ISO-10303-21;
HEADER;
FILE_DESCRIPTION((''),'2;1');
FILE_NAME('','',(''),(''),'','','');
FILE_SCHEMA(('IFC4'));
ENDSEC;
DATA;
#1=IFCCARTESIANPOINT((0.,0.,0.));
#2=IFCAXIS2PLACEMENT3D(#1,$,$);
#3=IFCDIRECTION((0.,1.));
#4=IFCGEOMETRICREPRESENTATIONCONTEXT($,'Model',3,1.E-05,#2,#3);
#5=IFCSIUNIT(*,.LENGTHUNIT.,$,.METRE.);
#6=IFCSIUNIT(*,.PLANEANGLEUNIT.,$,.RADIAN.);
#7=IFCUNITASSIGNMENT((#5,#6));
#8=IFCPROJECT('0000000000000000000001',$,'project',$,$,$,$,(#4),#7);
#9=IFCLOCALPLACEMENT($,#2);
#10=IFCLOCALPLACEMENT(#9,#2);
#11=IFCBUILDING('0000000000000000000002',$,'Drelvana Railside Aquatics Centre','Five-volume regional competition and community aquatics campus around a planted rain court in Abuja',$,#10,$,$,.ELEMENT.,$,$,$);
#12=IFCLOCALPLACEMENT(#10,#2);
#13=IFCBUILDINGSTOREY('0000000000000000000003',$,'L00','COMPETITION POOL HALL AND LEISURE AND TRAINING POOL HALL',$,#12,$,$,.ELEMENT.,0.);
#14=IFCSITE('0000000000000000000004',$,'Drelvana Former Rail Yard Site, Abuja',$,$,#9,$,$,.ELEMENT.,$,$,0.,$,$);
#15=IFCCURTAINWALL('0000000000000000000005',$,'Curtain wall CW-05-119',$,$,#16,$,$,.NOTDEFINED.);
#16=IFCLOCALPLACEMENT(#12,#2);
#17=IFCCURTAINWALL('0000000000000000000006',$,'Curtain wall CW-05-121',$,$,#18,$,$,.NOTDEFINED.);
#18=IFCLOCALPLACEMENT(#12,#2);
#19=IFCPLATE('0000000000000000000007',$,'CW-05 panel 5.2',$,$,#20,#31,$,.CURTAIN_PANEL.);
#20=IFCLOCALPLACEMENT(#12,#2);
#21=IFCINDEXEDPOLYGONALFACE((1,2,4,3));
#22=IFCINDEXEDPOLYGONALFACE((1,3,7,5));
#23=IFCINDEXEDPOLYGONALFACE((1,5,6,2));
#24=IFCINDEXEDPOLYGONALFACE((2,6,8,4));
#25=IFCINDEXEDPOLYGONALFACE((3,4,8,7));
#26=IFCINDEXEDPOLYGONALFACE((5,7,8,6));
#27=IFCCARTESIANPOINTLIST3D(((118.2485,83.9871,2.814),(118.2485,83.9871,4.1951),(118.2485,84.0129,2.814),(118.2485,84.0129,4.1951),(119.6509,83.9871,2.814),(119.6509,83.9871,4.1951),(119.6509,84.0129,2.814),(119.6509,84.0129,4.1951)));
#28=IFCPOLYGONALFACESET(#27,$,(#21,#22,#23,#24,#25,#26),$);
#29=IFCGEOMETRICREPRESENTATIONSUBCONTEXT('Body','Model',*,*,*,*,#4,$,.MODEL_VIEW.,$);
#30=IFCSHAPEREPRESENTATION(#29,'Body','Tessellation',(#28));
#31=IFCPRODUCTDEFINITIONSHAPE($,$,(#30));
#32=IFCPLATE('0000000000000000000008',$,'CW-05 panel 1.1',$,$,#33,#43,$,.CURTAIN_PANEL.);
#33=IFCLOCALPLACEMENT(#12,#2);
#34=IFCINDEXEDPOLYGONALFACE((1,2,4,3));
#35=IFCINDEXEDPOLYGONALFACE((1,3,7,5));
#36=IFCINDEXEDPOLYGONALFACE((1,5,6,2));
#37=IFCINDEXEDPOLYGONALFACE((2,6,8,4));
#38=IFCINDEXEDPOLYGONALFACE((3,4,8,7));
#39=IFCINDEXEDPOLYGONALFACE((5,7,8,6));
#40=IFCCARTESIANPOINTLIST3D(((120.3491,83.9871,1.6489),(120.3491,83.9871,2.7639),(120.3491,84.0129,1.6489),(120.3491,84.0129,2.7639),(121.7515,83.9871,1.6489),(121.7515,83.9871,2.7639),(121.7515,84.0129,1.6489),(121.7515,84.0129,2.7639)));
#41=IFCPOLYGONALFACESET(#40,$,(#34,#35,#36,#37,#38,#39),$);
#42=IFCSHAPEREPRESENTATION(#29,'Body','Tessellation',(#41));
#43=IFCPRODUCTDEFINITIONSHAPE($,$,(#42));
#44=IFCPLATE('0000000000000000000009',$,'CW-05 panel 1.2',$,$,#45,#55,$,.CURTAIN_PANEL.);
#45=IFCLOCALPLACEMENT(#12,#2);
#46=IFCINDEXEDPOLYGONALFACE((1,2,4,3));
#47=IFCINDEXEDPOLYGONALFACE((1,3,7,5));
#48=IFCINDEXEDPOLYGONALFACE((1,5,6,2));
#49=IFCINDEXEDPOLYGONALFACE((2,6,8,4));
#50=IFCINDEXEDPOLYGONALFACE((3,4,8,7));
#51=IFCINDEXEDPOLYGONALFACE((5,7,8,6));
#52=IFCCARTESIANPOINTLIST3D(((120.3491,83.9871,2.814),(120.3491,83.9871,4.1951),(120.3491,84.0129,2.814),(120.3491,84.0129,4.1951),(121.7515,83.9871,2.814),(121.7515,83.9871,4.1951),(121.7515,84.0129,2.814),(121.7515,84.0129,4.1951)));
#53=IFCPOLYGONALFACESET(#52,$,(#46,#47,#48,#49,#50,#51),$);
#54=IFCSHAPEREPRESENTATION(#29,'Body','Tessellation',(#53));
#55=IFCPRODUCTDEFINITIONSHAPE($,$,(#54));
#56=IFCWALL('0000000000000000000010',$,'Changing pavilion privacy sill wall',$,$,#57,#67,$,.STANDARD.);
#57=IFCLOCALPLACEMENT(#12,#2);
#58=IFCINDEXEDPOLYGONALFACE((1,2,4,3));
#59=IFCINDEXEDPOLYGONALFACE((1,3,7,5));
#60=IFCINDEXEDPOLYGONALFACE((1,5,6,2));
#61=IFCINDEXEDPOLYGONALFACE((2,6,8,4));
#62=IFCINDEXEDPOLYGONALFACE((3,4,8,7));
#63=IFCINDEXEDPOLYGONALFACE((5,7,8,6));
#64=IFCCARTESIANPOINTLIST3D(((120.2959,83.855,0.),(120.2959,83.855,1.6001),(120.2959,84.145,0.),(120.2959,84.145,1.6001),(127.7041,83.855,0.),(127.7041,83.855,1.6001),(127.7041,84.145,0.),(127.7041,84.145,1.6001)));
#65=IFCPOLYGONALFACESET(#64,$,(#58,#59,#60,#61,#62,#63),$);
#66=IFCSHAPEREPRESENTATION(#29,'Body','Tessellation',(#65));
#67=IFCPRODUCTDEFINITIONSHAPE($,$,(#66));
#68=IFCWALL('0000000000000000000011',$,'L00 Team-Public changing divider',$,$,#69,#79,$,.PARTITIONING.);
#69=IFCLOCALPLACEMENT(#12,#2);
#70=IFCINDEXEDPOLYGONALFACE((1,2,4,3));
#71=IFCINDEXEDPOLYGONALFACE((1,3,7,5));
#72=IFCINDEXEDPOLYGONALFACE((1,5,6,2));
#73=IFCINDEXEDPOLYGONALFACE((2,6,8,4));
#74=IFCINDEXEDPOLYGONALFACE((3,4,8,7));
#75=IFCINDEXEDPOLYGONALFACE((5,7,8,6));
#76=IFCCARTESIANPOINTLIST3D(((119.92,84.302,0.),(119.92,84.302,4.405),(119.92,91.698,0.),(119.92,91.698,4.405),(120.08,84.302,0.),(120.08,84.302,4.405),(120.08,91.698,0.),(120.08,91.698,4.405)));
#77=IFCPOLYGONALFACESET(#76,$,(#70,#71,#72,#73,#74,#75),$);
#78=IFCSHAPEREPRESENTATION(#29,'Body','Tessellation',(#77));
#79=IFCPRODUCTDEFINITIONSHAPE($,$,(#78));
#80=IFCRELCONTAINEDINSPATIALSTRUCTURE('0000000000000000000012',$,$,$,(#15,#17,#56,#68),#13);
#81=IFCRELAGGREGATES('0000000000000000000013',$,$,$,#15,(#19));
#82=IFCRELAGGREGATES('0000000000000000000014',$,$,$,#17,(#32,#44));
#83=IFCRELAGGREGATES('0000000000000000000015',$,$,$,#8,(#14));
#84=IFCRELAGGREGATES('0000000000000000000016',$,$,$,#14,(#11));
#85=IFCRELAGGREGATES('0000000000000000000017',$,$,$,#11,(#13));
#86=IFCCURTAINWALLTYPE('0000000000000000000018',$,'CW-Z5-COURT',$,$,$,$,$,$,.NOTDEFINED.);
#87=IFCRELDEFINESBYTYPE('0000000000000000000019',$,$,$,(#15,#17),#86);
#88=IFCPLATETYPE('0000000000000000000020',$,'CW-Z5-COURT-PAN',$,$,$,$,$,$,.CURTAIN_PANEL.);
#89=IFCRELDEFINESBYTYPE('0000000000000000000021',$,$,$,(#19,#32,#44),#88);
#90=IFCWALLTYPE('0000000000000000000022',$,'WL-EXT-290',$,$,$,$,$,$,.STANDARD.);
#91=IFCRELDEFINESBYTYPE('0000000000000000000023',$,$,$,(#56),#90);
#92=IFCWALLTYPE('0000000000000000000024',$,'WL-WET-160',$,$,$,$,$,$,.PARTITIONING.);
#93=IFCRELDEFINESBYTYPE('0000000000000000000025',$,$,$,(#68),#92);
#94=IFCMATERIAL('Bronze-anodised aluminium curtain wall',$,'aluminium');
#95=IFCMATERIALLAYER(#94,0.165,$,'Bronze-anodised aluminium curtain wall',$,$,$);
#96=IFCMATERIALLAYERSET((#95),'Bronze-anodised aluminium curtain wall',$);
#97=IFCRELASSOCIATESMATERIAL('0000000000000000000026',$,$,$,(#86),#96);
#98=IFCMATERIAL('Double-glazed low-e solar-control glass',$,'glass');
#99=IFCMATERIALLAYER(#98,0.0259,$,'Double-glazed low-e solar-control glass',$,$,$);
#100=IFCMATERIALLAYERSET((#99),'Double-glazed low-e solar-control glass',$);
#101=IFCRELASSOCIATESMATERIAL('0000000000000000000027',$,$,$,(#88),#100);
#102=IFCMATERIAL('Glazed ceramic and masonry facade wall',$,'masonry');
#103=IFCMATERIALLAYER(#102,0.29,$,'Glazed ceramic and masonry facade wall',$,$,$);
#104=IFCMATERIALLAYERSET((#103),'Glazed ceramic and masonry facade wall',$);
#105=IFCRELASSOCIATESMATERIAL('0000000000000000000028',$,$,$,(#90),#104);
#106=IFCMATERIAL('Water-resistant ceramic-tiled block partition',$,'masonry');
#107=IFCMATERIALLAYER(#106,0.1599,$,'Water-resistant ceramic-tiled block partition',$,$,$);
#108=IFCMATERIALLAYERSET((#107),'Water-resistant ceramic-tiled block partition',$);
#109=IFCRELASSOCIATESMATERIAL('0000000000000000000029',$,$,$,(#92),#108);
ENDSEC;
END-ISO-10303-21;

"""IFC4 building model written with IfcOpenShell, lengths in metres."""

from ifc_helpers import new_model, si_unit, direction, frame, frame_2d, origin, origin_2d, place, context, subcontext, project, spatial, rectangle, extrude, material, layer, layer_set, type_object, element, aggregate, save


model = new_model("IFC4")

# Units and contexts
model_context = context("Model", 3, precision=1e-05, world=origin(), true_north=direction((0.0, 1.0)))
body_context = subcontext(model_context, "Body", "Model", "MODEL_VIEW")
ifc_project = project(units=[si_unit("LENGTHUNIT", "METRE"), si_unit("PLANEANGLEUNIT", "RADIAN")], contexts=[model_context])

# Site, building, storey
site_placement = place(None, origin())
site = spatial("IfcSite", under=ifc_project, at=site_placement, Name="Drelvana Former Rail Yard Site, Abuja", CompositionType="ELEMENT", RefElevation=0.0)
building_placement = place(site_placement, origin())
building = spatial("IfcBuilding", under=site, at=building_placement, Name="Drelvana Railside Aquatics Centre", Description="Five-volume regional competition and community aquatics campus around a planted rain court in Abuja", CompositionType="ELEMENT")
storey_placement = place(building_placement, origin())
storey = spatial("IfcBuildingStorey", under=building, at=storey_placement, Name="L00", Description="COMPETITION POOL HALL AND LEISURE AND TRAINING POOL HALL", CompositionType="ELEMENT", Elevation=0.0)

# Curtain walls
ifc_material_1 = material(Name="Bronze-anodised aluminium curtain wall", Category="aluminium")
ifc_layer_1 = layer(ifc_material_1, 0.165, Name="Bronze-anodised aluminium curtain wall")
ifc_layer_set_1 = layer_set([ifc_layer_1], Name="Bronze-anodised aluminium curtain wall")
curtain_wall_type = type_object("IfcCurtainWallType", Name="CW-Z5-COURT", PredefinedType="NOTDEFINED", material=ifc_layer_set_1)
curtain_wall_1_placement = place(storey_placement, origin())
curtain_wall_1 = element("IfcCurtainWall", 1, at=curtain_wall_1_placement, inside=storey, type_object=curtain_wall_type, Name="Curtain wall CW-05-119", PredefinedType="NOTDEFINED")
curtain_wall_2_placement = place(storey_placement, origin())
curtain_wall_2 = element("IfcCurtainWall", 2, at=curtain_wall_2_placement, inside=storey, type_object=curtain_wall_type, Name="Curtain wall CW-05-121", PredefinedType="NOTDEFINED")

# Plates
ifc_material_2 = material(Name="Double-glazed low-e solar-control glass", Category="glass")
ifc_layer_2 = layer(ifc_material_2, 0.0259, Name="Double-glazed low-e solar-control glass")
ifc_layer_set_2 = layer_set([ifc_layer_2], Name="Double-glazed low-e solar-control glass")
plate_type = type_object("IfcPlateType", Name="CW-Z5-COURT-PAN", PredefinedType="CURTAIN_PANEL", material=ifc_layer_set_2)
plate_1_placement = place(storey_placement, frame((118.9497, 84.0, 2.814), z_axis=(0.0, 0.0, 1.0), x_axis=(1.0, 0.0, 0.0)))
plate_1 = element("IfcPlate", 3, at=plate_1_placement, type_object=plate_type, Name="CW-05 panel 5.2", PredefinedType="CURTAIN_PANEL", context=body_context, shape_type="SweptSolid", body=[
    extrude(rectangle(XDim=1.4023, YDim=0.0259, at=origin_2d()), origin(), (0.0, 0.0, 1.0), 1.3811),
])
aggregate(curtain_wall_1, [plate_1])
plate_2_placement = place(storey_placement, frame((121.0503, 84.0, 1.6489), z_axis=(0.0, 0.0, 1.0), x_axis=(1.0, 0.0, 0.0)))
plate_2 = element("IfcPlate", 4, at=plate_2_placement, type_object=plate_type, Name="CW-05 panel 1.1", PredefinedType="CURTAIN_PANEL", context=body_context, shape_type="SweptSolid", body=[
    extrude(rectangle(XDim=1.4023, YDim=0.0259, at=origin_2d()), origin(), (0.0, 0.0, 1.0), 1.115),
])
plate_3_placement = place(storey_placement, frame((121.0503, 84.0, 2.814), z_axis=(0.0, 0.0, 1.0), x_axis=(1.0, 0.0, 0.0)))
plate_3 = element("IfcPlate", 5, at=plate_3_placement, type_object=plate_type, Name="CW-05 panel 1.2", PredefinedType="CURTAIN_PANEL", context=body_context, shape_type="SweptSolid", body=[
    extrude(rectangle(XDim=1.4023, YDim=0.0259, at=origin_2d()), origin(), (0.0, 0.0, 1.0), 1.3811),
])
aggregate(curtain_wall_2, [plate_2, plate_3])

# Walls
ifc_material_3 = material(Name="Glazed ceramic and masonry facade wall", Category="masonry")
ifc_layer_3 = layer(ifc_material_3, 0.29, Name="Glazed ceramic and masonry facade wall")
ifc_layer_set_3 = layer_set([ifc_layer_3], Name="Glazed ceramic and masonry facade wall")
wall_type_1 = type_object("IfcWallType", Name="WL-EXT-290", PredefinedType="STANDARD", material=ifc_layer_set_3)
wall_1_placement = place(storey_placement, frame((120.2959, 84.0, 0.0), z_axis=(0.0, 0.0, 1.0), x_axis=(1.0, 0.0, 0.0)))
element("IfcWall", 6, at=wall_1_placement, inside=storey, type_object=wall_type_1, Name="Changing pavilion privacy sill wall", PredefinedType="STANDARD", context=body_context, shape_type="SweptSolid", body=[
    extrude(rectangle(XDim=7.4082, YDim=0.29, at=frame_2d((3.7041, 0.0))), origin(), (0.0, 0.0, 1.0), 1.6001),
])
ifc_material_4 = material(Name="Water-resistant ceramic-tiled block partition", Category="masonry")
ifc_layer_4 = layer(ifc_material_4, 0.1599, Name="Water-resistant ceramic-tiled block partition")
ifc_layer_set_4 = layer_set([ifc_layer_4], Name="Water-resistant ceramic-tiled block partition")
wall_type_2 = type_object("IfcWallType", Name="WL-WET-160", PredefinedType="PARTITIONING", material=ifc_layer_set_4)
wall_2_placement = place(storey_placement, frame((120.0, 84.302, 0.0), z_axis=(0.0, 0.0, 1.0), x_axis=(0.0, 1.0, 0.0)))
element("IfcWall", 7, at=wall_2_placement, inside=storey, type_object=wall_type_2, Name="L00 Team-Public changing divider", PredefinedType="PARTITIONING", context=body_context, shape_type="SweptSolid", body=[
    extrude(rectangle(XDim=7.396, YDim=0.1599, at=frame_2d((3.698, 0.0))), origin(), (0.0, 0.0, 1.0), 4.405),
])

save(model, "model.ifc")
